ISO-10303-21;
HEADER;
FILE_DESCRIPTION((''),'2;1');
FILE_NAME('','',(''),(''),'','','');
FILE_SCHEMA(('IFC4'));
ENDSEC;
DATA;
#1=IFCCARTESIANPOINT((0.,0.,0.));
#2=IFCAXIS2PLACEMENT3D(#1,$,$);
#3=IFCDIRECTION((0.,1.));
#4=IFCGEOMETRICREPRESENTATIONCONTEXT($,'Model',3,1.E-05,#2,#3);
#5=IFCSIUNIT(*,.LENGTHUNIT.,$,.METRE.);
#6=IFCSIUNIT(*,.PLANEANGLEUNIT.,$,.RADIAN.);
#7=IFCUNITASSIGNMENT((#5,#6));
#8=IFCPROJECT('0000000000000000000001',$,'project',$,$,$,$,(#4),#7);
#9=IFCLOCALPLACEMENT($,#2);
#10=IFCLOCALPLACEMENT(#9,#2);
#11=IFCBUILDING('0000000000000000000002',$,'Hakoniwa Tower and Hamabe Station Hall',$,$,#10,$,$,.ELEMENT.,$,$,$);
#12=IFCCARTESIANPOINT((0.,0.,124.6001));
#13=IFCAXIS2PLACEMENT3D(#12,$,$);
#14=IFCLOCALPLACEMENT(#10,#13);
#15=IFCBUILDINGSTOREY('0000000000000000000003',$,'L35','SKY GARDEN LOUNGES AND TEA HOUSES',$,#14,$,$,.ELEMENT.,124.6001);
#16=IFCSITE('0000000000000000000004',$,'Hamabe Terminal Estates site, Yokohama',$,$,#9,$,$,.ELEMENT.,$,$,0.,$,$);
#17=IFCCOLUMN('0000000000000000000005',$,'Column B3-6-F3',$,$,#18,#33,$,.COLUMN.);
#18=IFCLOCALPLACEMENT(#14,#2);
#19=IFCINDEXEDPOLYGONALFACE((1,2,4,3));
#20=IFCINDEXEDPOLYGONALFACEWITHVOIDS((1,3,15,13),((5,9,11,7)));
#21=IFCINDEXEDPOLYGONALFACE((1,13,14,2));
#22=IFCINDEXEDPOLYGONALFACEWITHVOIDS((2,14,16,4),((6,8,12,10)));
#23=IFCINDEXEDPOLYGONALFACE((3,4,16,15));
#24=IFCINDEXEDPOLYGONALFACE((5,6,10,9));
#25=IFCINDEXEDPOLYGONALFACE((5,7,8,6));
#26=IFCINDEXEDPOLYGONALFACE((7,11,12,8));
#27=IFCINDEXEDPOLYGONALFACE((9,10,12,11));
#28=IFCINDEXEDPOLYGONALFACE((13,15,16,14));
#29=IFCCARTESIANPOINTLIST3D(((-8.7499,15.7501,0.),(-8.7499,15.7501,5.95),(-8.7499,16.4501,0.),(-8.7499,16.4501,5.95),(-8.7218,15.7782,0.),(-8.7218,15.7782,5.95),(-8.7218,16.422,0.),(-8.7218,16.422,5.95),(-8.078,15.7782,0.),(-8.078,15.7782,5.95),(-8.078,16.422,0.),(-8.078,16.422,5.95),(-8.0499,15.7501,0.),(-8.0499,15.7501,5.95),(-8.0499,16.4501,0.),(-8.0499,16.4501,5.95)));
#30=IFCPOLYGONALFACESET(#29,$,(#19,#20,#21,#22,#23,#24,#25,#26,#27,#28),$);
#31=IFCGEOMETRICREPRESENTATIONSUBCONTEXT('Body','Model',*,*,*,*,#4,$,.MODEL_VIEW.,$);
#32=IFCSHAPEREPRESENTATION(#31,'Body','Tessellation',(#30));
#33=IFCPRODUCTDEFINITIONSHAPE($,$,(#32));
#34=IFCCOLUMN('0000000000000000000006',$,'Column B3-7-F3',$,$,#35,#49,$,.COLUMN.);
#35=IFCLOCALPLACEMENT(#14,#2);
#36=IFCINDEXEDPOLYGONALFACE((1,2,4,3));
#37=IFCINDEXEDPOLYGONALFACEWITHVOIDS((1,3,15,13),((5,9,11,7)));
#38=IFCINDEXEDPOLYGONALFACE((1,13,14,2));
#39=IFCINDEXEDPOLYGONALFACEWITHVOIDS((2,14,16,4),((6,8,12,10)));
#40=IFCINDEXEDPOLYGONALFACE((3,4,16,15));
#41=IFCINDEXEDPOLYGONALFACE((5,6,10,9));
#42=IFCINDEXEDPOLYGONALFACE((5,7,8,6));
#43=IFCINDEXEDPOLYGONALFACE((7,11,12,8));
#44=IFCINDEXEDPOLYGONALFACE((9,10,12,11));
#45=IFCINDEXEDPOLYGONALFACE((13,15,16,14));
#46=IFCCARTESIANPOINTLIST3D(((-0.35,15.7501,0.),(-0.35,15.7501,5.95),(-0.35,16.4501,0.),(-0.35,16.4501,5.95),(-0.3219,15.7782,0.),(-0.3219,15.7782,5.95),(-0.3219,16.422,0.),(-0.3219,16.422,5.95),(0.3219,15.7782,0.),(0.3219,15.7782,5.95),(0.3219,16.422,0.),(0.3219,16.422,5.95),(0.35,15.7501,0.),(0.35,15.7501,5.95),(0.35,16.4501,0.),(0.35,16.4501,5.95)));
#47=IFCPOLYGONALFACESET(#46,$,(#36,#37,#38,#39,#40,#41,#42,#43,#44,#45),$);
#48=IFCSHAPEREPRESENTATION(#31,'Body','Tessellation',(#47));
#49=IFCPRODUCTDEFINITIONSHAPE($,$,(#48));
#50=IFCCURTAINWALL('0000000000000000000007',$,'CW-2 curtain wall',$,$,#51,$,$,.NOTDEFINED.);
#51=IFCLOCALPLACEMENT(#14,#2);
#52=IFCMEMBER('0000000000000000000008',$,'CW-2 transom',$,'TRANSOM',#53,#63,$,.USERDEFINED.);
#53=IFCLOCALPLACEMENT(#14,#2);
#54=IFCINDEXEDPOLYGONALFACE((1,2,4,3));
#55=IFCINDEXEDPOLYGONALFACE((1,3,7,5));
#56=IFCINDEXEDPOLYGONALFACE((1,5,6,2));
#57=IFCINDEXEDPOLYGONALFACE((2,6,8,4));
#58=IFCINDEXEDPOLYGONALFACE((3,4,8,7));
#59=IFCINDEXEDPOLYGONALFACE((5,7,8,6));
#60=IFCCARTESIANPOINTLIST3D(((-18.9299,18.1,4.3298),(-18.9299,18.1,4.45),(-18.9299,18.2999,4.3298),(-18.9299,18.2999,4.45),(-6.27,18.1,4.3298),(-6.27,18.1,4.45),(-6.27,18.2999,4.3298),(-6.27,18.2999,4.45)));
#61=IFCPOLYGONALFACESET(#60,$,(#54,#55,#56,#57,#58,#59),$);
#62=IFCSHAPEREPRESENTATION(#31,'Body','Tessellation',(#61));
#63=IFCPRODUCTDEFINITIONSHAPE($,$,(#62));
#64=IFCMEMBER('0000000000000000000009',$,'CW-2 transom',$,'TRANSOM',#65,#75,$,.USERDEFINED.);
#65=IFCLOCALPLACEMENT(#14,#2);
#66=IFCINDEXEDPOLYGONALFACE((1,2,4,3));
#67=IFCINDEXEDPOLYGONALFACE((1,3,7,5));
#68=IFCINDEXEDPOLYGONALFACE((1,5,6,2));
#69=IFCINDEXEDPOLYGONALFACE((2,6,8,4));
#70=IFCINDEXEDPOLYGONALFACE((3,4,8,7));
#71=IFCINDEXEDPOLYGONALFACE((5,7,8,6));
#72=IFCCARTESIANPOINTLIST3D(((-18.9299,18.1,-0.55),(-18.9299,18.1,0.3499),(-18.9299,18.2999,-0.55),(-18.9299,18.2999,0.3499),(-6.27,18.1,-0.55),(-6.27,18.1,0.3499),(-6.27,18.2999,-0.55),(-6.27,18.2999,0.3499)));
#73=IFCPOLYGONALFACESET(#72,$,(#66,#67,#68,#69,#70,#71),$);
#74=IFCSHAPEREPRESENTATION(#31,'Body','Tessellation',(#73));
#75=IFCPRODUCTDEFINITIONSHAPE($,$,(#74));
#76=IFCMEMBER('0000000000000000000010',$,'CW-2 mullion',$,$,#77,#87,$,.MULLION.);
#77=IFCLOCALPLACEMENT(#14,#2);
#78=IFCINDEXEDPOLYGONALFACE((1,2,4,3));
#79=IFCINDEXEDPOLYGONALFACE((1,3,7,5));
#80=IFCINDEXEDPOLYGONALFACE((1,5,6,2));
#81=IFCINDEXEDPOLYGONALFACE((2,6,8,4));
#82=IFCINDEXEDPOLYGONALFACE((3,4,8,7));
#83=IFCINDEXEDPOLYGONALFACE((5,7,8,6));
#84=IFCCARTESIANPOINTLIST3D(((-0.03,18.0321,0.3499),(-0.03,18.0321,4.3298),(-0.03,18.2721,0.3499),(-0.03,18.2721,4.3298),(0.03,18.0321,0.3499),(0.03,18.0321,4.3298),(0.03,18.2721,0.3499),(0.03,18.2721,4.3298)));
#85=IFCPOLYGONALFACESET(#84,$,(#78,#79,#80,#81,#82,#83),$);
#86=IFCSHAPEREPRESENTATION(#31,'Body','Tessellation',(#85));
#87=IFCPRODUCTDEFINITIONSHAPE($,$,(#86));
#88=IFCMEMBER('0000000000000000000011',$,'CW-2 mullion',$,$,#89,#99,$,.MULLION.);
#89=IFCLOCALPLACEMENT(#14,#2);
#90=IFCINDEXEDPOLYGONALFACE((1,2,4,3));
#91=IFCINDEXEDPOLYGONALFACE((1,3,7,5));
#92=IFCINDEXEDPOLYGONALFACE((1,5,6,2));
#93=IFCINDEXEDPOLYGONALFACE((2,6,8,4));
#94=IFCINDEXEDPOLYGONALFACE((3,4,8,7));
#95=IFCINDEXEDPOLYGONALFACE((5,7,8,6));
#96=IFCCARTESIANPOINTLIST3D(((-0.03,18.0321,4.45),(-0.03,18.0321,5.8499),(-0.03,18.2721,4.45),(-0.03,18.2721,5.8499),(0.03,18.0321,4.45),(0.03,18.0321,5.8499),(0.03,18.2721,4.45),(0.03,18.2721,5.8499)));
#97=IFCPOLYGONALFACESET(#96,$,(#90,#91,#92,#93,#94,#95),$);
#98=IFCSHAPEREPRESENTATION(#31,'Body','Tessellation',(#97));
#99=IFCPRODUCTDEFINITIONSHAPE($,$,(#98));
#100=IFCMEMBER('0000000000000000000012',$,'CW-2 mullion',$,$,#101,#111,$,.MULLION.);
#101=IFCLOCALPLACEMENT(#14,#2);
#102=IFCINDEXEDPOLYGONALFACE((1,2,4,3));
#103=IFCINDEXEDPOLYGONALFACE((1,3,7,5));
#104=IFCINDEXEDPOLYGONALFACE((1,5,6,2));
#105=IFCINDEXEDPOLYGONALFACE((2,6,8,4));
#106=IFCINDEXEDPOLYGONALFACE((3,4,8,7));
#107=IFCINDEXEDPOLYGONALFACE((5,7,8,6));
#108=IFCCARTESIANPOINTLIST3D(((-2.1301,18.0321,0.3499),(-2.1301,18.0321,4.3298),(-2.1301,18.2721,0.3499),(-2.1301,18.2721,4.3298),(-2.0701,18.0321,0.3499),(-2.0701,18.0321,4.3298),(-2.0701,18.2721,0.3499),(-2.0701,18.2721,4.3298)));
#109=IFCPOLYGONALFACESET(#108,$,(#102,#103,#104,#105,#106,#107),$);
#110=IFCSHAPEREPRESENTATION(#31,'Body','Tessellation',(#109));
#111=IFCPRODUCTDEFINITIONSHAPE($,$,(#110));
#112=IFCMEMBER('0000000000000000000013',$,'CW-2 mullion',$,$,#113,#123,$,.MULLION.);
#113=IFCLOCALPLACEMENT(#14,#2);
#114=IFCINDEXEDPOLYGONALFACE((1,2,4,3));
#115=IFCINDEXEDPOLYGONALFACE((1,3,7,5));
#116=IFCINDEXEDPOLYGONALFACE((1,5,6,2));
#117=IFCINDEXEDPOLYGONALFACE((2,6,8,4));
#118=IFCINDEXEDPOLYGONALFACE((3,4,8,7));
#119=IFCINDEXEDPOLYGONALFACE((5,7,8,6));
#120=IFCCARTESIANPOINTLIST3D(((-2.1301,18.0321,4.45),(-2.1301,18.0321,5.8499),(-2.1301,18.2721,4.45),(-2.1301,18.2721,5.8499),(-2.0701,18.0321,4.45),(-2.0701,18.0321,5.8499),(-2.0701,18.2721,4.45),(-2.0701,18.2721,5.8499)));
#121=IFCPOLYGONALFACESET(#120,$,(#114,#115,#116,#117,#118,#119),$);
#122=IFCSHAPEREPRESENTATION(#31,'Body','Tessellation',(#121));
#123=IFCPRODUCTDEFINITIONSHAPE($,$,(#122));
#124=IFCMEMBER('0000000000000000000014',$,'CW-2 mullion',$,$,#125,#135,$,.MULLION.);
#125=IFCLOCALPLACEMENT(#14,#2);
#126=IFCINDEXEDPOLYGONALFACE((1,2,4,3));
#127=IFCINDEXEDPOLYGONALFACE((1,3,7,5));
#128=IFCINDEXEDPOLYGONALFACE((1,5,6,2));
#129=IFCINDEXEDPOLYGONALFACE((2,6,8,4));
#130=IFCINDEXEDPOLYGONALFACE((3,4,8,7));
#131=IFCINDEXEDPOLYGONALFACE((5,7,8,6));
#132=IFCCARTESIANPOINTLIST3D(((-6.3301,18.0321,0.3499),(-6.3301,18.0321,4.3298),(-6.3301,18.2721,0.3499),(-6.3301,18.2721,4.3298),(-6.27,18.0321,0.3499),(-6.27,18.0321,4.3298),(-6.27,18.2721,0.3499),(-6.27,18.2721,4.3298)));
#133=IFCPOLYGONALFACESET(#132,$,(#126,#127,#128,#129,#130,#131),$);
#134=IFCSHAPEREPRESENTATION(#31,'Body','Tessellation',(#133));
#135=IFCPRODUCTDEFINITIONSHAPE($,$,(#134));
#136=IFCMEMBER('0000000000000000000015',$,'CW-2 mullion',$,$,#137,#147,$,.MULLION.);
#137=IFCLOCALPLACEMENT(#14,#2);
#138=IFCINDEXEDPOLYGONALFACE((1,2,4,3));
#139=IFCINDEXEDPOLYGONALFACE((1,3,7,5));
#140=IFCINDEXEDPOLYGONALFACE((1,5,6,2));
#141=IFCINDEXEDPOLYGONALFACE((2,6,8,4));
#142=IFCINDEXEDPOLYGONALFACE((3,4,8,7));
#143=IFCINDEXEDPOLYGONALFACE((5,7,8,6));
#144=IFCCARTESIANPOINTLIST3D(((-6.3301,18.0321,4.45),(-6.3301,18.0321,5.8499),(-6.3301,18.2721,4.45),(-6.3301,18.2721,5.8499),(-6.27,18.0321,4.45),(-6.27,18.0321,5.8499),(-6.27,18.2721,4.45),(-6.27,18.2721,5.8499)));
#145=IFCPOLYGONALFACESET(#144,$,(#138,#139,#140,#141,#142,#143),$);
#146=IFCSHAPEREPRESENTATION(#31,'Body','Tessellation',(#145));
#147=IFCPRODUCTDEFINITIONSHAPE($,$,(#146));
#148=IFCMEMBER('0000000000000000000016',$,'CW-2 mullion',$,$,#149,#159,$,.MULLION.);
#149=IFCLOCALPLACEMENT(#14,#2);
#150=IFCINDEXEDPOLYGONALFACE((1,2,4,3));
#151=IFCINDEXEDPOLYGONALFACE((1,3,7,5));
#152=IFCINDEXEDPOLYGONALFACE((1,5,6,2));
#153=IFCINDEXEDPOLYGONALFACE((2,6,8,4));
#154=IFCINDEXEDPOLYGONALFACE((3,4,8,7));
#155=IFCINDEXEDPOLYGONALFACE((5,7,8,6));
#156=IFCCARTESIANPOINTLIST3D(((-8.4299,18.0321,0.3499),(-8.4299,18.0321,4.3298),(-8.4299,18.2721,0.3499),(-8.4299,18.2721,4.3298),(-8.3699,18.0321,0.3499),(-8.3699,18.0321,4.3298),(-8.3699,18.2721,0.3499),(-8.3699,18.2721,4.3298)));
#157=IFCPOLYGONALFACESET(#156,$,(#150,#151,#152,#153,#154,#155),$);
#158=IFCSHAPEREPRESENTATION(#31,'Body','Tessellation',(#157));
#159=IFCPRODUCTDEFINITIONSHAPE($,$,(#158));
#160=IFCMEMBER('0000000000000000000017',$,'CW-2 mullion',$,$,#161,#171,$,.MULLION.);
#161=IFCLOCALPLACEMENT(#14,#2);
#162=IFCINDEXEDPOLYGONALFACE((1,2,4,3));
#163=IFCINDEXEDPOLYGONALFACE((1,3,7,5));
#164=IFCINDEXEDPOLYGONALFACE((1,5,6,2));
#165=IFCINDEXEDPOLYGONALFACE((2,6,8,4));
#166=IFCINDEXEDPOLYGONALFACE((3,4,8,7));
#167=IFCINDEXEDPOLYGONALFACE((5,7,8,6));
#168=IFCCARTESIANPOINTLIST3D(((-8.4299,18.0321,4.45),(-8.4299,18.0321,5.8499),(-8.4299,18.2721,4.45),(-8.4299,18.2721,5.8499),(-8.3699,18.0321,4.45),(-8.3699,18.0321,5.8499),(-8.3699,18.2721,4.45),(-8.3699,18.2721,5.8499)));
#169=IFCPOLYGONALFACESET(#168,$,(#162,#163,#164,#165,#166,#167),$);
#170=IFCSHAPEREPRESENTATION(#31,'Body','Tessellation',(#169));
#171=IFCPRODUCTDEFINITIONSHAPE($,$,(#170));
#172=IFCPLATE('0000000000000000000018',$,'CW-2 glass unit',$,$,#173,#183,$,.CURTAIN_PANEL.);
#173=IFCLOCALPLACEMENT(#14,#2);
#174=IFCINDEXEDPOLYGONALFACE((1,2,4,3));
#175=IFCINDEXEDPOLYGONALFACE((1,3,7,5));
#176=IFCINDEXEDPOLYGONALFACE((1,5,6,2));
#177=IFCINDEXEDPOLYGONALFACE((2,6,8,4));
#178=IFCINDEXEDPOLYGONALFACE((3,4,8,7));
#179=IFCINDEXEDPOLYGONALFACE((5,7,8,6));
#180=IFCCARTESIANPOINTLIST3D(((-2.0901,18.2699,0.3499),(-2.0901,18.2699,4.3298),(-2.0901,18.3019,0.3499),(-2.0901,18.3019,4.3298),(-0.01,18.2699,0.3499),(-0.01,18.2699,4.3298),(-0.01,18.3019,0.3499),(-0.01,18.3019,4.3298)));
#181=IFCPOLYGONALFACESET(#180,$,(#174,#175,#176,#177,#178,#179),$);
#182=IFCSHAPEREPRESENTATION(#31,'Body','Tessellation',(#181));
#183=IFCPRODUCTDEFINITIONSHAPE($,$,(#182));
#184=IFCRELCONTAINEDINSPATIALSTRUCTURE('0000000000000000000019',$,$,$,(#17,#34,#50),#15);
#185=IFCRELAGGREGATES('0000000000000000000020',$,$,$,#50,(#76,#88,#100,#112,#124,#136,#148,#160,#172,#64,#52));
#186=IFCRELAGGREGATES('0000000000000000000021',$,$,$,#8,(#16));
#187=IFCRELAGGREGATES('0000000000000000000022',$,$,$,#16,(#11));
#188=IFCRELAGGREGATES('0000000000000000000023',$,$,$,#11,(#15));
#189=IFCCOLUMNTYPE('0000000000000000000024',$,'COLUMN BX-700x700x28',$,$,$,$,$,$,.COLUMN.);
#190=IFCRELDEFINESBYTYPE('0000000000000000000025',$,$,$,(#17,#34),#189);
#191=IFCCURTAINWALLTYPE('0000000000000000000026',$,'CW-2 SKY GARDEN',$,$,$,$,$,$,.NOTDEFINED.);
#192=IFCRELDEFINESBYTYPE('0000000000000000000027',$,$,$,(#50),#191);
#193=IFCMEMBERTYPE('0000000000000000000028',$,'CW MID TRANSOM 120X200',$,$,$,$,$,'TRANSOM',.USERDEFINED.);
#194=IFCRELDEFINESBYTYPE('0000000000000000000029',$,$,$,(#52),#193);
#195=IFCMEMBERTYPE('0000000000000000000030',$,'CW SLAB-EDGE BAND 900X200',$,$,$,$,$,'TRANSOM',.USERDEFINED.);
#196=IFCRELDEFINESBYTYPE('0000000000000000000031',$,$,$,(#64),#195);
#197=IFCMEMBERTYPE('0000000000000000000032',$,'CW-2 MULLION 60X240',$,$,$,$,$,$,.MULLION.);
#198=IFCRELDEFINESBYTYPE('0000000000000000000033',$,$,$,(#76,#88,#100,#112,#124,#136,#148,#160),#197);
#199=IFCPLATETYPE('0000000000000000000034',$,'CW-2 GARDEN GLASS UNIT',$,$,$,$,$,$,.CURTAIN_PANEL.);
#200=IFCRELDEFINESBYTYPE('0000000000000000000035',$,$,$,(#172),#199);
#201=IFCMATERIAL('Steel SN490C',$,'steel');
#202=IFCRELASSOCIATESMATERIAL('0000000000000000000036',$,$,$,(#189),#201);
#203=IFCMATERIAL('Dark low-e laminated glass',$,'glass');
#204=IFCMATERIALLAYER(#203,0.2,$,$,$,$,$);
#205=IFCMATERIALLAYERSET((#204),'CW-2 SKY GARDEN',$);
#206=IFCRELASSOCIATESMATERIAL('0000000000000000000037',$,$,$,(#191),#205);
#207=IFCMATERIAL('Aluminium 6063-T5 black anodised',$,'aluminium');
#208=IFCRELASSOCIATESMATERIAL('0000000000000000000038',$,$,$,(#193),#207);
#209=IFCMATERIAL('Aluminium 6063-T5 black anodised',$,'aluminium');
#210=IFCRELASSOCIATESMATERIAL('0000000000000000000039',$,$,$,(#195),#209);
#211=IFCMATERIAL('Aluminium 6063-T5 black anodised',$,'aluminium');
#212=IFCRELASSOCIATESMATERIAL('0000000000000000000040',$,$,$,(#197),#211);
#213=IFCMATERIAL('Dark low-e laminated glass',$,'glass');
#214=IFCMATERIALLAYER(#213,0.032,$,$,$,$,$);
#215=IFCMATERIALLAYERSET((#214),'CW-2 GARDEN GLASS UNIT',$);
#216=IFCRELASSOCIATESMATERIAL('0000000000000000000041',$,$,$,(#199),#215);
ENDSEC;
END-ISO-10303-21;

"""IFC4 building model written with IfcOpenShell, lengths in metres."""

from ifc_helpers import new_model, si_unit, direction, frame, origin, origin_2d, place, context, subcontext, project, spatial, rectangle, hollow_rectangle, extrude, material, layer, layer_set, material_profile, profile_set, type_object, element, aggregate, save


model = new_model("IFC4")

# Units and contexts
model_context = context("Model", 3, precision=1e-05, world=origin(), true_north=direction((0.0, 1.0)))
body_context = subcontext(model_context, "Body", "Model", "MODEL_VIEW")
ifc_project = project(units=[si_unit("LENGTHUNIT", "METRE"), si_unit("PLANEANGLEUNIT", "RADIAN")], contexts=[model_context])

# Site, building, storey
site_placement = place(None, origin())
site = spatial("IfcSite", under=ifc_project, at=site_placement, Name="Hamabe Terminal Estates site, Yokohama", CompositionType="ELEMENT", RefElevation=0.0)
building_placement = place(site_placement, origin())
building = spatial("IfcBuilding", under=site, at=building_placement, Name="Hakoniwa Tower and Hamabe Station Hall", CompositionType="ELEMENT")
storey_placement = place(building_placement, frame((0.0, 0.0, 124.6001)))
storey = spatial("IfcBuildingStorey", under=building, at=storey_placement, Name="L35", Description="SKY GARDEN LOUNGES AND TEA HOUSES", CompositionType="ELEMENT", Elevation=124.6001)

# Columns
ifc_material_1 = material(Name="Steel SN490C", Category="steel")
ifc_material_profile_1 = material_profile(ifc_material_1, hollow_rectangle(XDim=0.7, YDim=0.7, WallThickness=0.0281, at=origin_2d()), Name="BX-700x700x28")
ifc_profile_set_1 = profile_set([ifc_material_profile_1], Name="Steel SN490C")
column_type = type_object("IfcColumnType", Name="COLUMN BX-700x700x28", PredefinedType="COLUMN", material=ifc_profile_set_1)
for number, where, z_axis, x_axis, name in (
    (1, (-8.3999, 16.1001, 0.0), (0.0, 0.0, 1.0), (1.0, 0.0, 0.0), "Column B3-6-F3"),
    (2, (0.0, 16.1001, 0.0), (0.0, 0.0, 1.0), (1.0, 0.0, 0.0), "Column B3-7-F3"),
):
    element("IfcColumn", number, at=place(storey_placement, frame(where, z_axis=z_axis, x_axis=x_axis)), inside=storey, type_object=column_type, Name=name, PredefinedType="COLUMN", context=body_context, shape_type="SweptSolid", body=[
        extrude(hollow_rectangle(XDim=0.7, YDim=0.7, WallThickness=0.0281, at=origin_2d()), origin(), (0.0, 0.0, 1.0), 5.95),
    ])

# Curtain wall, members, plate
ifc_material_2 = material(Name="Dark low-e laminated glass", Category="glass")
ifc_layer_1 = layer(ifc_material_2, 0.2)
ifc_layer_set_1 = layer_set([ifc_layer_1], Name="CW-2 SKY GARDEN")
curtain_wall_type = type_object("IfcCurtainWallType", Name="CW-2 SKY GARDEN", PredefinedType="NOTDEFINED", material=ifc_layer_set_1)
curtain_wall_placement = place(storey_placement, origin())
curtain_wall = element("IfcCurtainWall", 3, at=curtain_wall_placement, inside=storey, type_object=curtain_wall_type, Name="CW-2 curtain wall", PredefinedType="NOTDEFINED")
ifc_material_3 = material(Name="Aluminium 6063-T5 black anodised", Category="aluminium")
ifc_material_profile_2 = material_profile(ifc_material_3, rectangle(XDim=0.2, YDim=0.1201, at=origin_2d()), Name="CW MID TRANSOM 120X200")
ifc_profile_set_2 = profile_set([ifc_material_profile_2], Name="Aluminium 6063-T5 black anodised")
member_type_1 = type_object("IfcMemberType", Name="CW MID TRANSOM 120X200", ElementType="TRANSOM", PredefinedType="USERDEFINED", material=ifc_profile_set_2)
member_1_placement = place(storey_placement, frame((-6.27, 18.2, 4.3899), z_axis=(-1.0, 0.0, 0.0), x_axis=(0.0, -1.0, 0.0)))
member_1 = element("IfcMember", 4, at=member_1_placement, type_object=member_type_1, Name="CW-2 transom", ObjectType="TRANSOM", PredefinedType="USERDEFINED", context=body_context, shape_type="SweptSolid", body=[
    extrude(rectangle(XDim=0.2, YDim=0.1201, at=origin_2d()), origin(), (0.0, 0.0, 1.0), 12.6599),
])
ifc_material_4 = material(Name="Aluminium 6063-T5 black anodised", Category="aluminium")
ifc_material_profile_3 = material_profile(ifc_material_4, rectangle(XDim=0.2, YDim=0.8999, at=origin_2d()), Name="CW SLAB-EDGE BAND 900X200")
ifc_profile_set_3 = profile_set([ifc_material_profile_3], Name="Aluminium 6063-T5 black anodised")
member_type_2 = type_object("IfcMemberType", Name="CW SLAB-EDGE BAND 900X200", ElementType="TRANSOM", PredefinedType="USERDEFINED", material=ifc_profile_set_3)
member_2_placement = place(storey_placement, frame((-6.27, 18.2, -0.1001), z_axis=(-1.0, 0.0, 0.0), x_axis=(0.0, -1.0, 0.0)))
member_2 = element("IfcMember", 5, at=member_2_placement, type_object=member_type_2, Name="CW-2 transom", ObjectType="TRANSOM", PredefinedType="USERDEFINED", context=body_context, shape_type="SweptSolid", body=[
    extrude(rectangle(XDim=0.2, YDim=0.8999, at=origin_2d()), origin(), (0.0, 0.0, 1.0), 12.6599),
])
ifc_material_5 = material(Name="Aluminium 6063-T5 black anodised", Category="aluminium")
ifc_material_profile_4 = material_profile(ifc_material_5, rectangle(XDim=0.0601, YDim=0.24, at=origin_2d()), Name="CW-2 MULLION 60X240")
ifc_profile_set_4 = profile_set([ifc_material_profile_4], Name="Aluminium 6063-T5 black anodised")
member_type_3 = type_object("IfcMemberType", Name="CW-2 MULLION 60X240", PredefinedType="MULLION", material=ifc_profile_set_4)
member_3_placement = place(storey_placement, frame((0.0, 18.1521, 0.3499), z_axis=(0.0, 0.0, 1.0), x_axis=(-1.0, 0.0, 0.0)))
member_3 = element("IfcMember", 6, at=member_3_placement, type_object=member_type_3, Name="CW-2 mullion", PredefinedType="MULLION", context=body_context, shape_type="SweptSolid", body=[
    extrude(rectangle(XDim=0.0601, YDim=0.24, at=origin_2d()), origin(), (0.0, 0.0, 1.0), 3.98),
])
member_4_placement = place(storey_placement, frame((0.0, 18.1521, 4.45), z_axis=(0.0, 0.0, 1.0), x_axis=(-1.0, 0.0, 0.0)))
member_4 = element("IfcMember", 7, at=member_4_placement, type_object=member_type_3, Name="CW-2 mullion", PredefinedType="MULLION", context=body_context, shape_type="SweptSolid", body=[
    extrude(rectangle(XDim=0.0601, YDim=0.24, at=origin_2d()), origin(), (0.0, 0.0, 1.0), 1.3999),
])
member_5_placement = place(storey_placement, frame((-2.1001, 18.1521, 0.3499), z_axis=(0.0, 0.0, 1.0), x_axis=(-1.0, 0.0, 0.0)))
member_5 = element("IfcMember", 8, at=member_5_placement, type_object=member_type_3, Name="CW-2 mullion", PredefinedType="MULLION", context=body_context, shape_type="SweptSolid", body=[
    extrude(rectangle(XDim=0.0601, YDim=0.24, at=origin_2d()), origin(), (0.0, 0.0, 1.0), 3.98),
])
member_6_placement = place(storey_placement, frame((-2.1001, 18.1521, 4.45), z_axis=(0.0, 0.0, 1.0), x_axis=(-1.0, 0.0, 0.0)))
member_6 = element("IfcMember", 9, at=member_6_placement, type_object=member_type_3, Name="CW-2 mullion", PredefinedType="MULLION", context=body_context, shape_type="SweptSolid", body=[
    extrude(rectangle(XDim=0.0601, YDim=0.24, at=origin_2d()), origin(), (0.0, 0.0, 1.0), 1.3999),
])
member_7_placement = place(storey_placement, frame((-6.3, 18.1521, 0.3499), z_axis=(0.0, 0.0, 1.0), x_axis=(-1.0, 0.0, 0.0)))
member_7 = element("IfcMember", 10, at=member_7_placement, type_object=member_type_3, Name="CW-2 mullion", PredefinedType="MULLION", context=body_context, shape_type="SweptSolid", body=[
    extrude(rectangle(XDim=0.0601, YDim=0.24, at=origin_2d()), origin(), (0.0, 0.0, 1.0), 3.98),
])
member_8_placement = place(storey_placement, frame((-6.3, 18.1521, 4.45), z_axis=(0.0, 0.0, 1.0), x_axis=(-1.0, 0.0, 0.0)))
member_8 = element("IfcMember", 11, at=member_8_placement, type_object=member_type_3, Name="CW-2 mullion", PredefinedType="MULLION", context=body_context, shape_type="SweptSolid", body=[
    extrude(rectangle(XDim=0.0601, YDim=0.24, at=origin_2d()), origin(), (0.0, 0.0, 1.0), 1.3999),
])
member_9_placement = place(storey_placement, frame((-8.3999, 18.1521, 0.3499), z_axis=(0.0, 0.0, 1.0), x_axis=(-1.0, 0.0, 0.0)))
member_9 = element("IfcMember", 12, at=member_9_placement, type_object=member_type_3, Name="CW-2 mullion", PredefinedType="MULLION", context=body_context, shape_type="SweptSolid", body=[
    extrude(rectangle(XDim=0.0601, YDim=0.24, at=origin_2d()), origin(), (0.0, 0.0, 1.0), 3.98),
])
member_10_placement = place(storey_placement, frame((-8.3999, 18.1521, 4.45), z_axis=(0.0, 0.0, 1.0), x_axis=(-1.0, 0.0, 0.0)))
member_10 = element("IfcMember", 13, at=member_10_placement, type_object=member_type_3, Name="CW-2 mullion", PredefinedType="MULLION", context=body_context, shape_type="SweptSolid", body=[
    extrude(rectangle(XDim=0.0601, YDim=0.24, at=origin_2d()), origin(), (0.0, 0.0, 1.0), 1.3999),
])
ifc_material_6 = material(Name="Dark low-e laminated glass", Category="glass")
ifc_layer_2 = layer(ifc_material_6, 0.032)
ifc_layer_set_2 = layer_set([ifc_layer_2], Name="CW-2 GARDEN GLASS UNIT")
plate_type = type_object("IfcPlateType", Name="CW-2 GARDEN GLASS UNIT", PredefinedType="CURTAIN_PANEL", material=ifc_layer_set_2)
plate_1_placement = place(storey_placement, frame((-1.05, 18.2859, 0.3499), z_axis=(0.0, 0.0, 1.0), x_axis=(-1.0, 0.0, 0.0)))
plate_1 = element("IfcPlate", 14, at=plate_1_placement, type_object=plate_type, Name="CW-2 glass unit", PredefinedType="CURTAIN_PANEL", context=body_context, shape_type="SweptSolid", body=[
    extrude(rectangle(XDim=2.0801, YDim=0.032, at=origin_2d()), origin(), (0.0, 0.0, 1.0), 3.98),
])
aggregate(curtain_wall, [member_3, member_4, member_5, member_6, member_7, member_8, member_9, member_10, plate_1, member_2, member_1])

save(model, "model.ifc")
